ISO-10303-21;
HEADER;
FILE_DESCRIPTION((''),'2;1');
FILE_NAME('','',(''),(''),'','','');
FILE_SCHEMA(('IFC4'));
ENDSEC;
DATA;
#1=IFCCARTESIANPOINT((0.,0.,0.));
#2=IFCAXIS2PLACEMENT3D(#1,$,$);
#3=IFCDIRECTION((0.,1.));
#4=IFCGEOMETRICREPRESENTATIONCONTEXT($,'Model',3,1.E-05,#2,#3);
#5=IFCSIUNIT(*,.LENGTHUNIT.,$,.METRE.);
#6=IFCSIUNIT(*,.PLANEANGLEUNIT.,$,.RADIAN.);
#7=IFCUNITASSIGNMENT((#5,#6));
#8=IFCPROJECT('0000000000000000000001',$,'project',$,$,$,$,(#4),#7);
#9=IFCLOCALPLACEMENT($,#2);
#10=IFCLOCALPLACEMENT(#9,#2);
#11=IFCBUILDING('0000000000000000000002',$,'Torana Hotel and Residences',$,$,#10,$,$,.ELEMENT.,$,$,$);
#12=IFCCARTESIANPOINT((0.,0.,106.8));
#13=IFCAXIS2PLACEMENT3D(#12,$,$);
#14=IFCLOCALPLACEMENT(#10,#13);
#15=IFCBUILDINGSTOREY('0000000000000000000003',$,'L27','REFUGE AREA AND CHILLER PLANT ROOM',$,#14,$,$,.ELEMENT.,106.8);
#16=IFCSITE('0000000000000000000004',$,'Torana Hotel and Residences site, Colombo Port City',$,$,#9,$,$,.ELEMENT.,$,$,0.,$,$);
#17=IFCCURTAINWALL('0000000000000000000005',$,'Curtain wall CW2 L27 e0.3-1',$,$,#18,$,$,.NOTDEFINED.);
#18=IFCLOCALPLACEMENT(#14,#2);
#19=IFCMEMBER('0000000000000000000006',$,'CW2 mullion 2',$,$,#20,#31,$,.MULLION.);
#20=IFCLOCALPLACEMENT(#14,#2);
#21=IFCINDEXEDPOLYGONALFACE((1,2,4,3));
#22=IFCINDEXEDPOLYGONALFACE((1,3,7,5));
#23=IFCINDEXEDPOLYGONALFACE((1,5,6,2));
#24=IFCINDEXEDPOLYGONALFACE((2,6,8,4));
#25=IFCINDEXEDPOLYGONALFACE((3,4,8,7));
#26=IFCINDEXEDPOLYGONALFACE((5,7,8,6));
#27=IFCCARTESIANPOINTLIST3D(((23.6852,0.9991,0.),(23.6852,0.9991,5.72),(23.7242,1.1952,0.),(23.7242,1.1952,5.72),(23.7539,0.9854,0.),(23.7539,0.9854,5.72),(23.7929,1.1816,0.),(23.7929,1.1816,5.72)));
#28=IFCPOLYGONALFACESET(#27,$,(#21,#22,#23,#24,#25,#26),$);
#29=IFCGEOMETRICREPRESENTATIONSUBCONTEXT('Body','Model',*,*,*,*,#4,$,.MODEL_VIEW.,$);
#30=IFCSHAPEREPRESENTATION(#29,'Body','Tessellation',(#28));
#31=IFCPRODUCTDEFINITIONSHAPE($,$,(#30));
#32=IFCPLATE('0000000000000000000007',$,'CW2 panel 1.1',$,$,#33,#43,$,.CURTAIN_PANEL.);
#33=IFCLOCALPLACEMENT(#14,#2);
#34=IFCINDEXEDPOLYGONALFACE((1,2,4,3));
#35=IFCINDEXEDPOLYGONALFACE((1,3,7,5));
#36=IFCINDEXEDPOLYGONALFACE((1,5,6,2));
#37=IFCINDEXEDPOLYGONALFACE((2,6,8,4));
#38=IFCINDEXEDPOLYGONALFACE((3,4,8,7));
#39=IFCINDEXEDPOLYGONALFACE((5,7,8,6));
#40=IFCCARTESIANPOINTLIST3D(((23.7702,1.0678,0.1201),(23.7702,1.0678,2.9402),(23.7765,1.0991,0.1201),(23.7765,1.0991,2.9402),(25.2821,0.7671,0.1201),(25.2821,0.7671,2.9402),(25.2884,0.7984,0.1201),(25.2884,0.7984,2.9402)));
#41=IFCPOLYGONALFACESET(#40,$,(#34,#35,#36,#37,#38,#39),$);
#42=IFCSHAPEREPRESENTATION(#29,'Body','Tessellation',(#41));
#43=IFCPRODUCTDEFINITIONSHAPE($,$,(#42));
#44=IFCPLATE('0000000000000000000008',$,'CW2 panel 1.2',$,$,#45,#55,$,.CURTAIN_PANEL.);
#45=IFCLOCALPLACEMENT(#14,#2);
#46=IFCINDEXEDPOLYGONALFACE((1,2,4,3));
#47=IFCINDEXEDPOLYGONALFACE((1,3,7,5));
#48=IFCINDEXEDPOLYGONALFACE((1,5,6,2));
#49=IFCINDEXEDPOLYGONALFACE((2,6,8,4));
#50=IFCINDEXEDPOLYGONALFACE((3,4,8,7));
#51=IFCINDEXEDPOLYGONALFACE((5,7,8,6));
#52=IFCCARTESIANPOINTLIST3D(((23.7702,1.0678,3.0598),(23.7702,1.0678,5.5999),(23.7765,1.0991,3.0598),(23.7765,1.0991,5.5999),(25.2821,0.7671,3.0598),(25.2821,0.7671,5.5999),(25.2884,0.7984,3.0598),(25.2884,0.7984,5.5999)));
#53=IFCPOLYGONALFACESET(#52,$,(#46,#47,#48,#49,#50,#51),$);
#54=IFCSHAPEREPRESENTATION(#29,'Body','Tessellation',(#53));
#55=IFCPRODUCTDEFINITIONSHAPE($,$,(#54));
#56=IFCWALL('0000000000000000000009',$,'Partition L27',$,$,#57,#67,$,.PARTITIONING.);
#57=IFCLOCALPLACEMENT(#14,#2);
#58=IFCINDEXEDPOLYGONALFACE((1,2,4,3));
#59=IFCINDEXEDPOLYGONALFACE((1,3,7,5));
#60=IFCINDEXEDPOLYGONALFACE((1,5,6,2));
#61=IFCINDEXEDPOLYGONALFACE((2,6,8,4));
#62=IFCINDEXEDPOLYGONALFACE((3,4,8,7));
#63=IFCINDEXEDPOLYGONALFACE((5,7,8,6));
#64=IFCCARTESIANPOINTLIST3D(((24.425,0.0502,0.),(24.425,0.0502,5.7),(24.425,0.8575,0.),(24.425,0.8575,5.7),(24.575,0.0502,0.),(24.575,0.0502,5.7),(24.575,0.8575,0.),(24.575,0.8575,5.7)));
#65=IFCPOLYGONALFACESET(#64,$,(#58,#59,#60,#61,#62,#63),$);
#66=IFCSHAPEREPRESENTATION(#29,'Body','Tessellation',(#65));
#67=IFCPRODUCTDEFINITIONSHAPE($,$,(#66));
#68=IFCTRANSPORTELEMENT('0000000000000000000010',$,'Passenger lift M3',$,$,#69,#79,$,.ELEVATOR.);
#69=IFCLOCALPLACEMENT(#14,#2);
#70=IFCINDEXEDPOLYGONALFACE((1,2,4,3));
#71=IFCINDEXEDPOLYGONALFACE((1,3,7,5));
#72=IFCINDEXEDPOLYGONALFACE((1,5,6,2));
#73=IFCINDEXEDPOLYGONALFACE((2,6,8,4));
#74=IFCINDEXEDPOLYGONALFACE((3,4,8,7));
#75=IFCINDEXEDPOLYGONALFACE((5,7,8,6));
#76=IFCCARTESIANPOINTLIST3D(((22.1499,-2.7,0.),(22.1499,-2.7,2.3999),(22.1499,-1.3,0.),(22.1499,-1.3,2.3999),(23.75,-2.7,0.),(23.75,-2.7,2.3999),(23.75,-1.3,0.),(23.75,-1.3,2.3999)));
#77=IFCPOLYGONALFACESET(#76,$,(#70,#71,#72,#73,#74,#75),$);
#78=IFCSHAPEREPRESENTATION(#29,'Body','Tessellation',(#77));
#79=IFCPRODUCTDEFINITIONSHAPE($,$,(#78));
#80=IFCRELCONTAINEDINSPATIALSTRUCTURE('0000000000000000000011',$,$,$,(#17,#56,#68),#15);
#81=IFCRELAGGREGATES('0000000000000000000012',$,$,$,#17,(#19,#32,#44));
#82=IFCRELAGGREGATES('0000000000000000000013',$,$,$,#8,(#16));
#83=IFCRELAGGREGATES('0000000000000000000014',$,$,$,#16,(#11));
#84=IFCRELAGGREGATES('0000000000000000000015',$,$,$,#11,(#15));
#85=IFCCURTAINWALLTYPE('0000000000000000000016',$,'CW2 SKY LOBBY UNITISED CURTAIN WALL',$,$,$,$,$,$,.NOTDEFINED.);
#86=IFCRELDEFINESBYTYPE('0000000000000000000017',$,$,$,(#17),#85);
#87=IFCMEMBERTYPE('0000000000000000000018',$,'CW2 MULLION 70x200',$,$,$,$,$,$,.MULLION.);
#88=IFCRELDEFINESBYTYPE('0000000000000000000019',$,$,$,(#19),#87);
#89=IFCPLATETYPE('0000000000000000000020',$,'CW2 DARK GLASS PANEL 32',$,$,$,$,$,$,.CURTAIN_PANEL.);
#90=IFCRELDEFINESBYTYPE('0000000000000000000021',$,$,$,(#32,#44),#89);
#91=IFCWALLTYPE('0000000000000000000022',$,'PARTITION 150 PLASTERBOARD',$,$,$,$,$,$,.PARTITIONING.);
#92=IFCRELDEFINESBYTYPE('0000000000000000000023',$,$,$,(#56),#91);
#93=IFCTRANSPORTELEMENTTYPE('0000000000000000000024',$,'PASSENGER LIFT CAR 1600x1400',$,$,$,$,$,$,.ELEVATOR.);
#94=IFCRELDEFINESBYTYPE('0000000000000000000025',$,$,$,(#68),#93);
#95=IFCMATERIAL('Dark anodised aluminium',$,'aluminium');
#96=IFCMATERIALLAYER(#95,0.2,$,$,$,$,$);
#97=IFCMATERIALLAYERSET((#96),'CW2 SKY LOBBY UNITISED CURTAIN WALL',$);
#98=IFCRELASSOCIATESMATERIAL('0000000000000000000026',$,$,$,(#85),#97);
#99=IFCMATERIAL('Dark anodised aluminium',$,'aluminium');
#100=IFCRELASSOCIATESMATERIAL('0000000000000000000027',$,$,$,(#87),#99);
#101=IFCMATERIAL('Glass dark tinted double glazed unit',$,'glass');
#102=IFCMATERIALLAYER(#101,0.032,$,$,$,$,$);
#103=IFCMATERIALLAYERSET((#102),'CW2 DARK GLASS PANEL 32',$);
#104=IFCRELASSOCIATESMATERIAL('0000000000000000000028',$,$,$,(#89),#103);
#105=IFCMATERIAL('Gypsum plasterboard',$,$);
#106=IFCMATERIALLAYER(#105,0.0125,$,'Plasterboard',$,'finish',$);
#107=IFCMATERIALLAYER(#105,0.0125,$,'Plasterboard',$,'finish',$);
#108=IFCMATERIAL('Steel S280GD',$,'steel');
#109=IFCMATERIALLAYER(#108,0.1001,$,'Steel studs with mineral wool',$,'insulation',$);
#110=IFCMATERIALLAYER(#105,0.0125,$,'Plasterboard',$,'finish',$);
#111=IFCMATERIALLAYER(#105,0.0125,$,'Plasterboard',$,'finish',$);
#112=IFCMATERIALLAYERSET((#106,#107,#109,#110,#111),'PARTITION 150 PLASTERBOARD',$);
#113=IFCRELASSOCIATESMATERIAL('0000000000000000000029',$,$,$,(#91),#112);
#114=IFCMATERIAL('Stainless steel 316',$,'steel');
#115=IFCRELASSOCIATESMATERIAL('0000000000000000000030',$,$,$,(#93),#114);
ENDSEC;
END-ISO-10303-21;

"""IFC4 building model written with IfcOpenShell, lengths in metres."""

from ifc_helpers import new_model, si_unit, direction, frame, frame_2d, origin, origin_2d, place, context, subcontext, project, spatial, rectangle, extrude, material, layer, layer_set, material_profile, profile_set, type_object, element, aggregate, save


model = new_model("IFC4")

# Units and contexts
model_context = context("Model", 3, precision=1e-05, world=origin(), true_north=direction((0.0, 1.0)))
body_context = subcontext(model_context, "Body", "Model", "MODEL_VIEW")
ifc_project = project(units=[si_unit("LENGTHUNIT", "METRE"), si_unit("PLANEANGLEUNIT", "RADIAN")], contexts=[model_context])

# Site, building, storey
site_placement = place(None, origin())
site = spatial("IfcSite", under=ifc_project, at=site_placement, Name="Torana Hotel and Residences site, Colombo Port City", CompositionType="ELEMENT", RefElevation=0.0)
building_placement = place(site_placement, origin())
building = spatial("IfcBuilding", under=site, at=building_placement, Name="Torana Hotel and Residences", CompositionType="ELEMENT")
storey_placement = place(building_placement, frame((0.0, 0.0, 106.8)))
storey = spatial("IfcBuildingStorey", under=building, at=storey_placement, Name="L27", Description="REFUGE AREA AND CHILLER PLANT ROOM", CompositionType="ELEMENT", Elevation=106.8)

# Curtain wall, member, plates
ifc_material_1 = material(Name="Dark anodised aluminium", Category="aluminium")
ifc_layer_1 = layer(ifc_material_1, 0.2)
ifc_layer_set_1 = layer_set([ifc_layer_1], Name="CW2 SKY LOBBY UNITISED CURTAIN WALL")
curtain_wall_type = type_object("IfcCurtainWallType", Name="CW2 SKY LOBBY UNITISED CURTAIN WALL", PredefinedType="NOTDEFINED", material=ifc_layer_set_1)
curtain_wall_placement = place(storey_placement, origin())
curtain_wall = element("IfcCurtainWall", 1, at=curtain_wall_placement, inside=storey, type_object=curtain_wall_type, Name="Curtain wall CW2 L27 e0.3-1", PredefinedType="NOTDEFINED")
ifc_material_2 = material(Name="Dark anodised aluminium", Category="aluminium")
ifc_material_profile = material_profile(ifc_material_2, rectangle(XDim=0.2, YDim=0.0701, at=origin_2d()), Name="CW2 MULLION 70x200")
ifc_profile_set = profile_set([ifc_material_profile], Name="Dark anodised aluminium")
member_type = type_object("IfcMemberType", Name="CW2 MULLION 70x200", PredefinedType="MULLION", material=ifc_profile_set)
member_placement = place(storey_placement, frame((23.739, 1.0903, 0.0), z_axis=(0.0, 0.0, 1.0), x_axis=(-0.195064, -0.980791, 0.0)))
member = element("IfcMember", 2, at=member_placement, type_object=member_type, Name="CW2 mullion 2", PredefinedType="MULLION", context=body_context, shape_type="SweptSolid", body=[
    extrude(rectangle(XDim=0.2, YDim=0.0701, at=origin_2d()), origin(), (0.0, 0.0, 1.0), 5.72),
])
ifc_material_3 = material(Name="Glass dark tinted double glazed unit", Category="glass")
ifc_layer_2 = layer(ifc_material_3, 0.032)
ifc_layer_set_2 = layer_set([ifc_layer_2], Name="CW2 DARK GLASS PANEL 32")
plate_type = type_object("IfcPlateType", Name="CW2 DARK GLASS PANEL 32", PredefinedType="CURTAIN_PANEL", material=ifc_layer_set_2)
plate_1_placement = place(storey_placement, frame((24.5293, 0.9331, 0.1201), z_axis=(0.0, 0.0, 1.0), x_axis=(-0.980791, 0.195064, 0.0)))
plate_1 = element("IfcPlate", 3, at=plate_1_placement, type_object=plate_type, Name="CW2 panel 1.1", PredefinedType="CURTAIN_PANEL", context=body_context, shape_type="SweptSolid", body=[
    extrude(rectangle(XDim=1.5415, YDim=0.032, at=origin_2d()), origin(), (0.0, 0.0, 1.0), 2.8201),
])
plate_2_placement = place(storey_placement, frame((24.5293, 0.9331, 3.0598), z_axis=(0.0, 0.0, 1.0), x_axis=(-0.980791, 0.195064, 0.0)))
plate_2 = element("IfcPlate", 4, at=plate_2_placement, type_object=plate_type, Name="CW2 panel 1.2", PredefinedType="CURTAIN_PANEL", context=body_context, shape_type="SweptSolid", body=[
    extrude(rectangle(XDim=1.5415, YDim=0.032, at=origin_2d()), origin(), (0.0, 0.0, 1.0), 2.54),
])
aggregate(curtain_wall, [member, plate_1, plate_2])

# Wall
ifc_material_4 = material(Name="Gypsum plasterboard")
ifc_layer_3 = layer(ifc_material_4, 0.0125, Name="Plasterboard", Category="finish")
ifc_layer_4 = layer(ifc_material_4, 0.0125, Name="Plasterboard", Category="finish")
ifc_material_5 = material(Name="Steel S280GD", Category="steel")
ifc_layer_5 = layer(ifc_material_5, 0.1001, Name="Steel studs with mineral wool", Category="insulation")
ifc_layer_6 = layer(ifc_material_4, 0.0125, Name="Plasterboard", Category="finish")
ifc_layer_7 = layer(ifc_material_4, 0.0125, Name="Plasterboard", Category="finish")
ifc_layer_set_3 = layer_set([ifc_layer_3, ifc_layer_4, ifc_layer_5, ifc_layer_6, ifc_layer_7], Name="PARTITION 150 PLASTERBOARD")
wall_type_1 = type_object("IfcWallType", Name="PARTITION 150 PLASTERBOARD", PredefinedType="PARTITIONING", material=ifc_layer_set_3)
wall_1_placement = place(storey_placement, frame((24.5, 0.05, 0.0), z_axis=(0.0, 0.0, 1.0), x_axis=(0.0, 1.0, 0.0)))
element("IfcWall", 5, at=wall_1_placement, inside=storey, type_object=wall_type_1, Name="Partition L27", PredefinedType="PARTITIONING", context=body_context, shape_type="SweptSolid", body=[
    extrude(rectangle(XDim=0.8074, YDim=0.1499, at=frame_2d((0.4038, 0.0))), origin(), (0.0, 0.0, 1.0), 5.7),
])

# Transport element
ifc_material_6 = material(Name="Stainless steel 316", Category="steel")
transport_element_type = type_object("IfcTransportElementType", Name="PASSENGER LIFT CAR 1600x1400", PredefinedType="ELEVATOR", material=ifc_material_6)
transport_element_placement = place(storey_placement, frame((22.95, -2.0, 0.0), z_axis=(0.0, 0.0, 1.0), x_axis=(1.0, 0.0, 0.0)))
element("IfcTransportElement", 6, at=transport_element_placement, inside=storey, type_object=transport_element_type, Name="Passenger lift M3", PredefinedType="ELEVATOR", context=body_context, shape_type="SweptSolid", body=[
    extrude(rectangle(XDim=1.6001, YDim=1.3999, at=origin_2d()), origin(), (0.0, 0.0, 1.0), 2.3999),
])

save(model, "model.ifc")
